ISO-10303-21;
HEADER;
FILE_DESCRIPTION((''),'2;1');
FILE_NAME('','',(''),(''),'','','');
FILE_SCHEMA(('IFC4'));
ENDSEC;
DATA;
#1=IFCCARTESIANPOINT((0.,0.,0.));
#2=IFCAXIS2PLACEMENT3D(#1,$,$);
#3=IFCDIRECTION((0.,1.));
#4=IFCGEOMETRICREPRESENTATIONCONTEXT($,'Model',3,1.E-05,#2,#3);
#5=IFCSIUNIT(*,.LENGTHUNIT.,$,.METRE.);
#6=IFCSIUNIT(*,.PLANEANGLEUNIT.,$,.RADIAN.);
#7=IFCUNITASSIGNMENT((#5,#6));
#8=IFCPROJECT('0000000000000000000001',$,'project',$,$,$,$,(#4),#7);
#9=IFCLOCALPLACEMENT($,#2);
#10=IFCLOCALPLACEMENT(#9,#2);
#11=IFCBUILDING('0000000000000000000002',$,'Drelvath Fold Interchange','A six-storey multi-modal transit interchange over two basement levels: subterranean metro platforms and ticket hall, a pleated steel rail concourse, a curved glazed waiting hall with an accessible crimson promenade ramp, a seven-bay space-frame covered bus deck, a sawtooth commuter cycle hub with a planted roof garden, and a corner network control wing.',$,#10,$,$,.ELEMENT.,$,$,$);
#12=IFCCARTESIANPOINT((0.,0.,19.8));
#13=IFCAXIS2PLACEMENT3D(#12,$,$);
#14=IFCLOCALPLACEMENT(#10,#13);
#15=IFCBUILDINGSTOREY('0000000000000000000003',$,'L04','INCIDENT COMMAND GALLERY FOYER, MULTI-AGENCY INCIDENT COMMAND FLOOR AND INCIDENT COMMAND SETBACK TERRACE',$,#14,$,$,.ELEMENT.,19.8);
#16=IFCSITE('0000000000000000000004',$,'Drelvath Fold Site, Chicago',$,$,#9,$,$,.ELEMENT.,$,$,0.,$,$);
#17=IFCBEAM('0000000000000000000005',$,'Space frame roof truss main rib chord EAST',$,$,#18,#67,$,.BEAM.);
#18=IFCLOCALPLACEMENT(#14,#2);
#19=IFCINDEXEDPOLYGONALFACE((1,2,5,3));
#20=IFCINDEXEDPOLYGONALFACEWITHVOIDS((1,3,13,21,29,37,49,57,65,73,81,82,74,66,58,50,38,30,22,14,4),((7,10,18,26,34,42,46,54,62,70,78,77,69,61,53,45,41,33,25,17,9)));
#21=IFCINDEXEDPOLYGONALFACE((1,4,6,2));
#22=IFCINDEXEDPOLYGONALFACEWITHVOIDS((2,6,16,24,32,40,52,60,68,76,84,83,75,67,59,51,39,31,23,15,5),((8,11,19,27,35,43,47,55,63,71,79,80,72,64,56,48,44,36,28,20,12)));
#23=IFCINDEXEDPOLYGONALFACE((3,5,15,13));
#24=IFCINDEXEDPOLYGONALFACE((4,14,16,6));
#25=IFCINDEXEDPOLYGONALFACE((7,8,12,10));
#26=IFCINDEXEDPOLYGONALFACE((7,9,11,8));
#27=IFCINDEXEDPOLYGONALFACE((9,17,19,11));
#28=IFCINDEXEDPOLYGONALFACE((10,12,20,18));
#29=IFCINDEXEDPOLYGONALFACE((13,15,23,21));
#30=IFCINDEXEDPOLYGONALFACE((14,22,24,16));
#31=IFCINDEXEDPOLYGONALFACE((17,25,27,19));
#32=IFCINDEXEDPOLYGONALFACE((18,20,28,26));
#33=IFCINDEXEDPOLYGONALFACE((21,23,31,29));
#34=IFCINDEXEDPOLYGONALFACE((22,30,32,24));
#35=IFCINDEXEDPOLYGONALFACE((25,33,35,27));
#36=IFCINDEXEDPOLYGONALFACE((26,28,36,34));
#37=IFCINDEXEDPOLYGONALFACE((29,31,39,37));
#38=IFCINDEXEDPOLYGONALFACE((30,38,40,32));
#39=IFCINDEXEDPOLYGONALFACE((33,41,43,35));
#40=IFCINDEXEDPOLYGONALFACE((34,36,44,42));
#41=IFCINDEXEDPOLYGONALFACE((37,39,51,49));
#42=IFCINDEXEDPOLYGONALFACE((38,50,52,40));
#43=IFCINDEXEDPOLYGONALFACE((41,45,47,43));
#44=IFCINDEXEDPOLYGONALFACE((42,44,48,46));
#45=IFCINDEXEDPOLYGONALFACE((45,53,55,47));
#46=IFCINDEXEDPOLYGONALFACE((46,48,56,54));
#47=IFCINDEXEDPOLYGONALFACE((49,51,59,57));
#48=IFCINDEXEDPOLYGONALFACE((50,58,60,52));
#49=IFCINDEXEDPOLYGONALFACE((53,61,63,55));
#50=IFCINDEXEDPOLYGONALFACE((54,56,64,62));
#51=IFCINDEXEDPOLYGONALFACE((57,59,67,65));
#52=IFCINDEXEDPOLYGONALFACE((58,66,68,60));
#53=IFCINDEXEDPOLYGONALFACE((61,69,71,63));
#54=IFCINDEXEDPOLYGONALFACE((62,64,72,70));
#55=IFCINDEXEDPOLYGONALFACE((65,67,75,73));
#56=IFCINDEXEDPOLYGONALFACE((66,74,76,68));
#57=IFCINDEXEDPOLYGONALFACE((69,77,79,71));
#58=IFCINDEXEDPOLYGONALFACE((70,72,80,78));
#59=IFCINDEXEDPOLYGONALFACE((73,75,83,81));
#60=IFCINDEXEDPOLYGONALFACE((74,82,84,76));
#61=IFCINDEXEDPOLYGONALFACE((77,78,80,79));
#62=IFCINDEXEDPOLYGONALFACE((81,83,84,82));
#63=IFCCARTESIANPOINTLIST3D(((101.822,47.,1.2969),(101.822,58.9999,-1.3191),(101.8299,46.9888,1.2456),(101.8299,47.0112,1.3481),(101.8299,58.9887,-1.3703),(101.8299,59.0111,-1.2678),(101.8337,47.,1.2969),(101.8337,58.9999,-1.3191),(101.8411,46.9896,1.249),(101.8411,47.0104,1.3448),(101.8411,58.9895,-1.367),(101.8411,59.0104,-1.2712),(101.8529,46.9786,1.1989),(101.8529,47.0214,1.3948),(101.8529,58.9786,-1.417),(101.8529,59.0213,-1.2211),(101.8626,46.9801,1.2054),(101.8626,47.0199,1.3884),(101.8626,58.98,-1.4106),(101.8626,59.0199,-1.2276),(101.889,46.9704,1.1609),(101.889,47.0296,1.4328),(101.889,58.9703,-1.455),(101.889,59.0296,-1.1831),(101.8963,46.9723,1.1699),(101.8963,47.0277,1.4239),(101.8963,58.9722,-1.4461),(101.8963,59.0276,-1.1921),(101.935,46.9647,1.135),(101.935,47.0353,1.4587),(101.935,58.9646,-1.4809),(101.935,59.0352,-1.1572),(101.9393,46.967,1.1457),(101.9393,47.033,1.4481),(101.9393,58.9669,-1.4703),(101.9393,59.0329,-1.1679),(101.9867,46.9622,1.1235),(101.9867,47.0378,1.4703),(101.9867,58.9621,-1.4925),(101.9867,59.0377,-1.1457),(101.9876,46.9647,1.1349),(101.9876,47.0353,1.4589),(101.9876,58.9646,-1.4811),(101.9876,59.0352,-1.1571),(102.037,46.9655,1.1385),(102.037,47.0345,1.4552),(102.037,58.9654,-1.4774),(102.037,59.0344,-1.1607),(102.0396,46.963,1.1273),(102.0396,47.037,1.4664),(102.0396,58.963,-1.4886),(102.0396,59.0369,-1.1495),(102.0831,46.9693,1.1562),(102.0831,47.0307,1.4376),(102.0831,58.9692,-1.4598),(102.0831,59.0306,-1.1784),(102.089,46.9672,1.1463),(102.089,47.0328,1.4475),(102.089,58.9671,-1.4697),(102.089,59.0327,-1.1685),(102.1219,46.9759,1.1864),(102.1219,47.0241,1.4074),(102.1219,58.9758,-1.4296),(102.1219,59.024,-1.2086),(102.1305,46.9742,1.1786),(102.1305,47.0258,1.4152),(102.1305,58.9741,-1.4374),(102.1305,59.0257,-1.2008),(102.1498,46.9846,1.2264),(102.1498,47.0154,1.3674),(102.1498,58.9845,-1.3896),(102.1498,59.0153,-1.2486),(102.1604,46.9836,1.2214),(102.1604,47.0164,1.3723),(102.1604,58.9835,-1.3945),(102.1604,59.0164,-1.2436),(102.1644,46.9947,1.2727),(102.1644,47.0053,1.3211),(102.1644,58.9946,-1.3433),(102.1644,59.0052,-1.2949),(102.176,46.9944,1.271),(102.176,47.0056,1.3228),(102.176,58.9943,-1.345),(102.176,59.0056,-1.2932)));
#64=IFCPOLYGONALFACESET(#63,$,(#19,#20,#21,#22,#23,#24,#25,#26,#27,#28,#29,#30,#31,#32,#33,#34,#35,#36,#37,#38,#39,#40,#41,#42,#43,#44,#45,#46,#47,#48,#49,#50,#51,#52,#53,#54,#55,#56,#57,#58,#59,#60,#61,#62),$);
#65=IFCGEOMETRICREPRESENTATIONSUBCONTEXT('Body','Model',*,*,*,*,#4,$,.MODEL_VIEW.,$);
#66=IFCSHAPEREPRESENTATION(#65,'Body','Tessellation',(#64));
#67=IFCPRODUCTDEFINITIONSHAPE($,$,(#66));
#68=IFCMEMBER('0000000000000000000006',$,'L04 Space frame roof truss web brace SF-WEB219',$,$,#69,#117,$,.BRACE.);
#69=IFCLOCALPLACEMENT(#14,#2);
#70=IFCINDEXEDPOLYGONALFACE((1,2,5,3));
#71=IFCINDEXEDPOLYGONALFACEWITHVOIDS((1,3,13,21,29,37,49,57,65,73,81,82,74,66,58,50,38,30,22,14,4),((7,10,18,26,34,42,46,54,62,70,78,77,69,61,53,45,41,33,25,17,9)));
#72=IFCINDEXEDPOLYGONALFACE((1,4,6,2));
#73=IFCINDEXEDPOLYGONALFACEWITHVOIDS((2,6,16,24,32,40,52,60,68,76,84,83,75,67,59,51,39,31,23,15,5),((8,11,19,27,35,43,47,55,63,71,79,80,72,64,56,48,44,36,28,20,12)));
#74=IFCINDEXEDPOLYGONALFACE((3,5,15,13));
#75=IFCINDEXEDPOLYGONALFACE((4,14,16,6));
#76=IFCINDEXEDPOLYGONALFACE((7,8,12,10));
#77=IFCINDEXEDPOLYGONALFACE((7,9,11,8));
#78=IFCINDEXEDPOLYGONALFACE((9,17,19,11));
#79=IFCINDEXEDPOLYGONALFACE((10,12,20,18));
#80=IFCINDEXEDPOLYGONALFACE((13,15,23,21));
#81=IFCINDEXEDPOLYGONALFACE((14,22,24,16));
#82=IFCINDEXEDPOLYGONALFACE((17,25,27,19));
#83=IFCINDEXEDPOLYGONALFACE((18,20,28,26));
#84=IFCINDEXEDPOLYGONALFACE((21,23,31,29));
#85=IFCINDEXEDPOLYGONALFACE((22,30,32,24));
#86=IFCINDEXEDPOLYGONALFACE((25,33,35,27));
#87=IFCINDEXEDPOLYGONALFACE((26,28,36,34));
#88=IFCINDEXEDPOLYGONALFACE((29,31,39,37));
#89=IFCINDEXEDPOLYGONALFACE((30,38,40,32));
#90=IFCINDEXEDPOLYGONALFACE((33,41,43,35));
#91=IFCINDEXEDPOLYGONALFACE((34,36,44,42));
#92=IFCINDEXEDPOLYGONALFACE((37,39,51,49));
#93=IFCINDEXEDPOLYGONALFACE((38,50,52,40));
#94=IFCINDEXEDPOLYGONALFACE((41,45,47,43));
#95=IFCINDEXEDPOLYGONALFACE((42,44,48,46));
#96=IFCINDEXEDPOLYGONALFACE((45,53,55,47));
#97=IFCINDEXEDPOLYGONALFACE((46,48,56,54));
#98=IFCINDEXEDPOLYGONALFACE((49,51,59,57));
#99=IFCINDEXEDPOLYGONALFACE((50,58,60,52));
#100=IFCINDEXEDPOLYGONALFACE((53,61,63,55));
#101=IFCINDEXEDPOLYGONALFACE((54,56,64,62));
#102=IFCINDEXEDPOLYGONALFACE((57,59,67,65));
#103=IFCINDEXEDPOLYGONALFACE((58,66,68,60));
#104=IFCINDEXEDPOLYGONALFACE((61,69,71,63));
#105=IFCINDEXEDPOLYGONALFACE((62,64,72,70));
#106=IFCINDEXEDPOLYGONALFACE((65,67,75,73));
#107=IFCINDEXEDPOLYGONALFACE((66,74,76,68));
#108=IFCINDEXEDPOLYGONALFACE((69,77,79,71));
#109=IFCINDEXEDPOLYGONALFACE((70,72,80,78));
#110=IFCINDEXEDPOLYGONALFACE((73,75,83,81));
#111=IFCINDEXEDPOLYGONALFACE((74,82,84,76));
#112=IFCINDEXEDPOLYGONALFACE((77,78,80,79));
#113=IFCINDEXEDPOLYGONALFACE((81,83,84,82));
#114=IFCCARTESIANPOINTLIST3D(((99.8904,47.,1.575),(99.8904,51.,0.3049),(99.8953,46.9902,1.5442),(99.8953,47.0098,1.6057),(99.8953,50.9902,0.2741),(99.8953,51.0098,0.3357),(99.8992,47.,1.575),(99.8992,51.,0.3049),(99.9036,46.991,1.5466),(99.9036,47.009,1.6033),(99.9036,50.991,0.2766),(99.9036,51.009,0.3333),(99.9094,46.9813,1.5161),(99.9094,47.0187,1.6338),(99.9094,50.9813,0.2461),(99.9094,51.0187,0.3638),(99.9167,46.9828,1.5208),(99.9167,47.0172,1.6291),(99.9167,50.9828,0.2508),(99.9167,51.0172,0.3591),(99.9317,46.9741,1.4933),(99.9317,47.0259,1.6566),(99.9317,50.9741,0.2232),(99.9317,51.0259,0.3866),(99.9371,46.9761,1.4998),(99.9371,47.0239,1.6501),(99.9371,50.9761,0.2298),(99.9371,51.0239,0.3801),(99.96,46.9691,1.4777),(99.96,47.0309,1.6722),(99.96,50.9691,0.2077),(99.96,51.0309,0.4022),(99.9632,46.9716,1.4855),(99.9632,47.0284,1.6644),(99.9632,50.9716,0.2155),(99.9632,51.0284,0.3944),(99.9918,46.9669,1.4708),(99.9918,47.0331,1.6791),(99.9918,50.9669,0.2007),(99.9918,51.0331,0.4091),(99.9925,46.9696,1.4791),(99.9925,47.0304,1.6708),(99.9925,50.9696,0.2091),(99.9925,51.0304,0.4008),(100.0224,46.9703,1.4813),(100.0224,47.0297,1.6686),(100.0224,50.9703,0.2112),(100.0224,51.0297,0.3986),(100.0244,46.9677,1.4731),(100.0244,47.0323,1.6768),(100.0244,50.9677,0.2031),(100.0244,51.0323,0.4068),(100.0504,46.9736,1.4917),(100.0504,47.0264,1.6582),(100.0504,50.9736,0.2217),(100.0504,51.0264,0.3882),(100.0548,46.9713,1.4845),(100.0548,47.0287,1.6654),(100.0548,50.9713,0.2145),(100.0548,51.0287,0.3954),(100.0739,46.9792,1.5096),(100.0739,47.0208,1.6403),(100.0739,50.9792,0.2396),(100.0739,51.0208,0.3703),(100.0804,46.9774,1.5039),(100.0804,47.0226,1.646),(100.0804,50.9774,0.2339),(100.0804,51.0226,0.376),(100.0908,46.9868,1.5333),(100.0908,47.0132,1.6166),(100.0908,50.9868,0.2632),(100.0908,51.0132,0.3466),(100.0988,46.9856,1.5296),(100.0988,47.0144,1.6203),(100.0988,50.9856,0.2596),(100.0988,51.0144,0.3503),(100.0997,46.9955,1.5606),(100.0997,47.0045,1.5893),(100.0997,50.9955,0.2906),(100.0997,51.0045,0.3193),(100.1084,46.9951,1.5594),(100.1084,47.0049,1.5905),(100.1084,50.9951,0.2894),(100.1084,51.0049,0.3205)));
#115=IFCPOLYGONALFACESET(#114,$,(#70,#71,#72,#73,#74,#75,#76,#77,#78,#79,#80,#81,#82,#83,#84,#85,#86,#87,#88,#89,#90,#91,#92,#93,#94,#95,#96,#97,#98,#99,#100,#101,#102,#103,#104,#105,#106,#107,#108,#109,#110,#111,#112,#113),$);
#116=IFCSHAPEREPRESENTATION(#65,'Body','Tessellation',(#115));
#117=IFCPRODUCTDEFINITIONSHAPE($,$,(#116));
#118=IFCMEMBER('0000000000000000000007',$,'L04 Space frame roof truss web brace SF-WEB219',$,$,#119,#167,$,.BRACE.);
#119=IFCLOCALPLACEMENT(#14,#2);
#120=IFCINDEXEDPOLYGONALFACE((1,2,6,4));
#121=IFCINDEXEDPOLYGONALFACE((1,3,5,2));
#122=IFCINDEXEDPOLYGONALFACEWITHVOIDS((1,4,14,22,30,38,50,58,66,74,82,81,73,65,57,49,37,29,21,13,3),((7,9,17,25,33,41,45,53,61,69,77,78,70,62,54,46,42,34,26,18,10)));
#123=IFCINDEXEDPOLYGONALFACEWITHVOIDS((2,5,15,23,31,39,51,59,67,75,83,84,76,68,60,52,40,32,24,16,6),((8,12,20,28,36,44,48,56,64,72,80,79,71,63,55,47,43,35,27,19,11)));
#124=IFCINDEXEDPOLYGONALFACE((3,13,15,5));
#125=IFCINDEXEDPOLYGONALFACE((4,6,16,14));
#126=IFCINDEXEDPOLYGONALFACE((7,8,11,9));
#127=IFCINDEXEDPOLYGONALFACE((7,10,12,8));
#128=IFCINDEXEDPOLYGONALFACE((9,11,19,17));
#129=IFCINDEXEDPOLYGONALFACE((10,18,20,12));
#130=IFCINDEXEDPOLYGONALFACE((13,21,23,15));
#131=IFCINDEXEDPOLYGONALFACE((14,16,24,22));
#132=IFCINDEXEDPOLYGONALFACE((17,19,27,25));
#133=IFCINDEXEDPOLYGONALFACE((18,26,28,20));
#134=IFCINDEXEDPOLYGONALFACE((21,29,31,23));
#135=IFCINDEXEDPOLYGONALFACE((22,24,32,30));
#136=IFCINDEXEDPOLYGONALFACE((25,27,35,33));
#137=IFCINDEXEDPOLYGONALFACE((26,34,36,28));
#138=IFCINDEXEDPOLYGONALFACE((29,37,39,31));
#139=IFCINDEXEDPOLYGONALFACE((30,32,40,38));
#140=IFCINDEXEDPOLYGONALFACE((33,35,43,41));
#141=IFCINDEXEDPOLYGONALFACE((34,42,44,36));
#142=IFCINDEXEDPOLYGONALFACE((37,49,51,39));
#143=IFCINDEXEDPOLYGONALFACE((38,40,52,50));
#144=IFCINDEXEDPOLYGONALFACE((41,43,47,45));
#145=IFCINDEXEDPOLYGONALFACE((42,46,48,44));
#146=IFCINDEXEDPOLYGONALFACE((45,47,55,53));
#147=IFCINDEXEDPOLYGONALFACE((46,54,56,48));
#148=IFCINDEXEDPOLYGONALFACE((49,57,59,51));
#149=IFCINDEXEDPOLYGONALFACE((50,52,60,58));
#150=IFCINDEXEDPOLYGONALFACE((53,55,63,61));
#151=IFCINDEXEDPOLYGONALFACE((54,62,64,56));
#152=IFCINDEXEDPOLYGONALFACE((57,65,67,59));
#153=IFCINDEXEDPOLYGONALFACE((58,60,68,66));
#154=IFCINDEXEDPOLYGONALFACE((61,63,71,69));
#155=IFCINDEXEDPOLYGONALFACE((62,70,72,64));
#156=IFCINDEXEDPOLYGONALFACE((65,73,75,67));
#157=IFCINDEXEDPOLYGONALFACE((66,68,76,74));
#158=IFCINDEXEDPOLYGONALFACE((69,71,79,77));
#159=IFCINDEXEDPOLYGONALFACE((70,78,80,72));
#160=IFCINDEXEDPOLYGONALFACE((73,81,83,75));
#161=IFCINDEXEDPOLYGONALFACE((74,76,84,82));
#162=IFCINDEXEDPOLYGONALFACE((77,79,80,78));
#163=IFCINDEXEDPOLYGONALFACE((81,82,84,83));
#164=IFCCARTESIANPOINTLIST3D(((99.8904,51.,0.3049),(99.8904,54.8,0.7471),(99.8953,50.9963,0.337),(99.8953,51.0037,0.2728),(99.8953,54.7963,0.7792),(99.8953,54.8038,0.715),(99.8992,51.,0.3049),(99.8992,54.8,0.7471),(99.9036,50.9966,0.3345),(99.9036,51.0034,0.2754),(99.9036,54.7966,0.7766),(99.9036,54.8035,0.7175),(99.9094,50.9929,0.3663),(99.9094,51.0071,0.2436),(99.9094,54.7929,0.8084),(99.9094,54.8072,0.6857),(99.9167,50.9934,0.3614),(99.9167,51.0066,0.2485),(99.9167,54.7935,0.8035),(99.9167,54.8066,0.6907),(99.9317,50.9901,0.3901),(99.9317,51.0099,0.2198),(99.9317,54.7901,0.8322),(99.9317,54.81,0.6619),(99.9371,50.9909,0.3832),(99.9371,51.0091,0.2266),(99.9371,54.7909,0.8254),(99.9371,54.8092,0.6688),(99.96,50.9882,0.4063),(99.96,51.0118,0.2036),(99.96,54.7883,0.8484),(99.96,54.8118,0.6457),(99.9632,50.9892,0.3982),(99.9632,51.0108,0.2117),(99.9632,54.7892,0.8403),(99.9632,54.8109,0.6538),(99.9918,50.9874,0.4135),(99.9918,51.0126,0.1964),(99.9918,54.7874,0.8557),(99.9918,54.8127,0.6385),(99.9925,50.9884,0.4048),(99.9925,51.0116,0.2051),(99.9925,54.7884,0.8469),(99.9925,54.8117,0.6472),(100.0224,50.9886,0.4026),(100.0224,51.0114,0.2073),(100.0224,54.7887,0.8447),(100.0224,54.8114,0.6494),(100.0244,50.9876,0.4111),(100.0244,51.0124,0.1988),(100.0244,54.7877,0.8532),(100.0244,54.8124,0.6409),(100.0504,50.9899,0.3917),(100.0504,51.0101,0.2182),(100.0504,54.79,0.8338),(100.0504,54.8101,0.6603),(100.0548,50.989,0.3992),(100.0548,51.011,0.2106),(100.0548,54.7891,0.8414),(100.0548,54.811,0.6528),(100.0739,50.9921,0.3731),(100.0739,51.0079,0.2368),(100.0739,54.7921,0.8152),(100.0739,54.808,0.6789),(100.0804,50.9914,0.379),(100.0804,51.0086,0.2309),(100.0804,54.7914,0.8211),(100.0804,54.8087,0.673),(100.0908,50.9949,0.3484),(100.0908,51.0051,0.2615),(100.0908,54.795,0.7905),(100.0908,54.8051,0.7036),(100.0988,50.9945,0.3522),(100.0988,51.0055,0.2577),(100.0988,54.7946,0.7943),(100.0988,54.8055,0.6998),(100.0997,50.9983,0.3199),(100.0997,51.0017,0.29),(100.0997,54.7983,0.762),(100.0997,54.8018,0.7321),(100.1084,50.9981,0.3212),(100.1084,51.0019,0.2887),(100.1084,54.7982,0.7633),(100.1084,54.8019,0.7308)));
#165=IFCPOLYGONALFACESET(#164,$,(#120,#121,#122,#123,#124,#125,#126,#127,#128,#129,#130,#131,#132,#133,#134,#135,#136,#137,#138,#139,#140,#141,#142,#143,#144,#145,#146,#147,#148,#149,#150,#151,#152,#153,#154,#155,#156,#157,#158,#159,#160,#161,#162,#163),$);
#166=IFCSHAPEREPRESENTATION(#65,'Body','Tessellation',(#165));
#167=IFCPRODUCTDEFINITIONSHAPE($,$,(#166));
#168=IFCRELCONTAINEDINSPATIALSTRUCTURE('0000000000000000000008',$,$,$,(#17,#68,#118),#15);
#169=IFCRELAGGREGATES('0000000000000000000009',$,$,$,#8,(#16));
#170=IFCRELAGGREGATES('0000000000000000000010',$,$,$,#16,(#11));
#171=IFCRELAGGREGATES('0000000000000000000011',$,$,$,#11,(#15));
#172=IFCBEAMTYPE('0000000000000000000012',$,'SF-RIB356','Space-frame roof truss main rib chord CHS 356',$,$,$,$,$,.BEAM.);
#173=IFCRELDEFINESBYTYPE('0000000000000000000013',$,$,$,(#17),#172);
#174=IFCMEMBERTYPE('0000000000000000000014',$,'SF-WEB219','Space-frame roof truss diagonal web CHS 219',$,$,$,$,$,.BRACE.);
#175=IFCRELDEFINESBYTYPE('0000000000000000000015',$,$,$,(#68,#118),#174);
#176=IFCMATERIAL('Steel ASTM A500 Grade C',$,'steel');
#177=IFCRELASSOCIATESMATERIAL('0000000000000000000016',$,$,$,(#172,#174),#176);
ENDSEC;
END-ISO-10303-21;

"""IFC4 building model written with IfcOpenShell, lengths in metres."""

from ifc_helpers import new_model, si_unit, direction, frame, origin, origin_2d, place, context, subcontext, project, spatial, hollow_circle, extrude, material, material_profile, profile_set, type_object, element, save


model = new_model("IFC4")

# Units and contexts
model_context = context("Model", 3, precision=1e-05, world=origin(), true_north=direction((0.0, 1.0)))
body_context = subcontext(model_context, "Body", "Model", "MODEL_VIEW")
ifc_project = project(units=[si_unit("LENGTHUNIT", "METRE"), si_unit("PLANEANGLEUNIT", "RADIAN")], contexts=[model_context])

# Site, building, storey
site_placement = place(None, origin())
site = spatial("IfcSite", under=ifc_project, at=site_placement, Name="Drelvath Fold Site, Chicago", CompositionType="ELEMENT", RefElevation=0.0)
building_placement = place(site_placement, origin())
building = spatial("IfcBuilding", under=site, at=building_placement, Name="Drelvath Fold Interchange", Description="A six-storey multi-modal transit interchange over two basement levels: subterranean metro platforms and ticket hall, a pleated steel rail concourse, a curved glazed waiting hall with an accessible crimson promenade ramp, a seven-bay space-frame covered bus deck, a sawtooth commuter cycle hub with a planted roof garden, and a corner network control wing.", CompositionType="ELEMENT")
storey_placement = place(building_placement, frame((0.0, 0.0, 19.8)))
storey = spatial("IfcBuildingStorey", under=building, at=storey_placement, Name="L04", Description="INCIDENT COMMAND GALLERY FOYER, MULTI-AGENCY INCIDENT COMMAND FLOOR AND INCIDENT COMMAND SETBACK TERRACE", CompositionType="ELEMENT", Elevation=19.8)

# Shared definitions
ifc_material_1 = material(Name="Steel ASTM A500 Grade C", Category="steel")

# Beam
ifc_material_profile_1 = material_profile(ifc_material_1, hollow_circle(Radius=0.178, WallThickness=0.0117, at=origin_2d()), Name="HSS14.000X0.500")
ifc_profile_set_1 = profile_set([ifc_material_profile_1], Name="Steel ASTM A500 Grade C")
beam_type = type_object("IfcBeamType", Name="SF-RIB356", Description="Space-frame roof truss main rib chord CHS 356", PredefinedType="BEAM", material=ifc_profile_set_1)
beam_1_placement = place(storey_placement, frame((102.0, 47.0, 1.2969), z_axis=(0.0, 0.977053, -0.212995), x_axis=(-1.0, 0.0, 0.0)))
element("IfcBeam", 1, at=beam_1_placement, inside=storey, type_object=beam_type, Name="Space frame roof truss main rib chord EAST", PredefinedType="BEAM", context=body_context, shape_type="SweptSolid", body=[
    extrude(hollow_circle(Radius=0.178, WallThickness=0.0117, at=origin_2d()), origin(), (0.0, 0.0, 1.0), 12.2817),
])

# Members
ifc_material_profile_2 = material_profile(ifc_material_1, hollow_circle(Radius=0.1096, WallThickness=0.0088, at=origin_2d()), Name="HSS8.625X0.375")
ifc_profile_set_2 = profile_set([ifc_material_profile_2], Name="Steel ASTM A500 Grade C")
member_type_1 = type_object("IfcMemberType", Name="SF-WEB219", Description="Space-frame roof truss diagonal web CHS 219", PredefinedType="BRACE", material=ifc_profile_set_2)
member_1_placement = place(storey_placement, frame((100.0, 47.0, 1.575), z_axis=(0.0, 0.953112, -0.302618), x_axis=(-1.0, 0.0, 0.0)))
element("IfcMember", 2, at=member_1_placement, inside=storey, type_object=member_type_1, Name="L04 Space frame roof truss web brace SF-WEB219", PredefinedType="BRACE", context=body_context, shape_type="SweptSolid", body=[
    extrude(hollow_circle(Radius=0.1096, WallThickness=0.0088, at=origin_2d()), origin(), (0.0, 0.0, 1.0), 4.1968),
])
member_2_placement = place(storey_placement, frame((100.0, 51.0, 0.3049), z_axis=(0.0, 0.993299, 0.115571), x_axis=(-1.0, 0.0, 0.0)))
element("IfcMember", 3, at=member_2_placement, inside=storey, type_object=member_type_1, Name="L04 Space frame roof truss web brace SF-WEB219", PredefinedType="BRACE", context=body_context, shape_type="SweptSolid", body=[
    extrude(hollow_circle(Radius=0.1096, WallThickness=0.0088, at=origin_2d()), origin(), (0.0, 0.0, 1.0), 3.8257),
])

save(model, "model.ifc")
